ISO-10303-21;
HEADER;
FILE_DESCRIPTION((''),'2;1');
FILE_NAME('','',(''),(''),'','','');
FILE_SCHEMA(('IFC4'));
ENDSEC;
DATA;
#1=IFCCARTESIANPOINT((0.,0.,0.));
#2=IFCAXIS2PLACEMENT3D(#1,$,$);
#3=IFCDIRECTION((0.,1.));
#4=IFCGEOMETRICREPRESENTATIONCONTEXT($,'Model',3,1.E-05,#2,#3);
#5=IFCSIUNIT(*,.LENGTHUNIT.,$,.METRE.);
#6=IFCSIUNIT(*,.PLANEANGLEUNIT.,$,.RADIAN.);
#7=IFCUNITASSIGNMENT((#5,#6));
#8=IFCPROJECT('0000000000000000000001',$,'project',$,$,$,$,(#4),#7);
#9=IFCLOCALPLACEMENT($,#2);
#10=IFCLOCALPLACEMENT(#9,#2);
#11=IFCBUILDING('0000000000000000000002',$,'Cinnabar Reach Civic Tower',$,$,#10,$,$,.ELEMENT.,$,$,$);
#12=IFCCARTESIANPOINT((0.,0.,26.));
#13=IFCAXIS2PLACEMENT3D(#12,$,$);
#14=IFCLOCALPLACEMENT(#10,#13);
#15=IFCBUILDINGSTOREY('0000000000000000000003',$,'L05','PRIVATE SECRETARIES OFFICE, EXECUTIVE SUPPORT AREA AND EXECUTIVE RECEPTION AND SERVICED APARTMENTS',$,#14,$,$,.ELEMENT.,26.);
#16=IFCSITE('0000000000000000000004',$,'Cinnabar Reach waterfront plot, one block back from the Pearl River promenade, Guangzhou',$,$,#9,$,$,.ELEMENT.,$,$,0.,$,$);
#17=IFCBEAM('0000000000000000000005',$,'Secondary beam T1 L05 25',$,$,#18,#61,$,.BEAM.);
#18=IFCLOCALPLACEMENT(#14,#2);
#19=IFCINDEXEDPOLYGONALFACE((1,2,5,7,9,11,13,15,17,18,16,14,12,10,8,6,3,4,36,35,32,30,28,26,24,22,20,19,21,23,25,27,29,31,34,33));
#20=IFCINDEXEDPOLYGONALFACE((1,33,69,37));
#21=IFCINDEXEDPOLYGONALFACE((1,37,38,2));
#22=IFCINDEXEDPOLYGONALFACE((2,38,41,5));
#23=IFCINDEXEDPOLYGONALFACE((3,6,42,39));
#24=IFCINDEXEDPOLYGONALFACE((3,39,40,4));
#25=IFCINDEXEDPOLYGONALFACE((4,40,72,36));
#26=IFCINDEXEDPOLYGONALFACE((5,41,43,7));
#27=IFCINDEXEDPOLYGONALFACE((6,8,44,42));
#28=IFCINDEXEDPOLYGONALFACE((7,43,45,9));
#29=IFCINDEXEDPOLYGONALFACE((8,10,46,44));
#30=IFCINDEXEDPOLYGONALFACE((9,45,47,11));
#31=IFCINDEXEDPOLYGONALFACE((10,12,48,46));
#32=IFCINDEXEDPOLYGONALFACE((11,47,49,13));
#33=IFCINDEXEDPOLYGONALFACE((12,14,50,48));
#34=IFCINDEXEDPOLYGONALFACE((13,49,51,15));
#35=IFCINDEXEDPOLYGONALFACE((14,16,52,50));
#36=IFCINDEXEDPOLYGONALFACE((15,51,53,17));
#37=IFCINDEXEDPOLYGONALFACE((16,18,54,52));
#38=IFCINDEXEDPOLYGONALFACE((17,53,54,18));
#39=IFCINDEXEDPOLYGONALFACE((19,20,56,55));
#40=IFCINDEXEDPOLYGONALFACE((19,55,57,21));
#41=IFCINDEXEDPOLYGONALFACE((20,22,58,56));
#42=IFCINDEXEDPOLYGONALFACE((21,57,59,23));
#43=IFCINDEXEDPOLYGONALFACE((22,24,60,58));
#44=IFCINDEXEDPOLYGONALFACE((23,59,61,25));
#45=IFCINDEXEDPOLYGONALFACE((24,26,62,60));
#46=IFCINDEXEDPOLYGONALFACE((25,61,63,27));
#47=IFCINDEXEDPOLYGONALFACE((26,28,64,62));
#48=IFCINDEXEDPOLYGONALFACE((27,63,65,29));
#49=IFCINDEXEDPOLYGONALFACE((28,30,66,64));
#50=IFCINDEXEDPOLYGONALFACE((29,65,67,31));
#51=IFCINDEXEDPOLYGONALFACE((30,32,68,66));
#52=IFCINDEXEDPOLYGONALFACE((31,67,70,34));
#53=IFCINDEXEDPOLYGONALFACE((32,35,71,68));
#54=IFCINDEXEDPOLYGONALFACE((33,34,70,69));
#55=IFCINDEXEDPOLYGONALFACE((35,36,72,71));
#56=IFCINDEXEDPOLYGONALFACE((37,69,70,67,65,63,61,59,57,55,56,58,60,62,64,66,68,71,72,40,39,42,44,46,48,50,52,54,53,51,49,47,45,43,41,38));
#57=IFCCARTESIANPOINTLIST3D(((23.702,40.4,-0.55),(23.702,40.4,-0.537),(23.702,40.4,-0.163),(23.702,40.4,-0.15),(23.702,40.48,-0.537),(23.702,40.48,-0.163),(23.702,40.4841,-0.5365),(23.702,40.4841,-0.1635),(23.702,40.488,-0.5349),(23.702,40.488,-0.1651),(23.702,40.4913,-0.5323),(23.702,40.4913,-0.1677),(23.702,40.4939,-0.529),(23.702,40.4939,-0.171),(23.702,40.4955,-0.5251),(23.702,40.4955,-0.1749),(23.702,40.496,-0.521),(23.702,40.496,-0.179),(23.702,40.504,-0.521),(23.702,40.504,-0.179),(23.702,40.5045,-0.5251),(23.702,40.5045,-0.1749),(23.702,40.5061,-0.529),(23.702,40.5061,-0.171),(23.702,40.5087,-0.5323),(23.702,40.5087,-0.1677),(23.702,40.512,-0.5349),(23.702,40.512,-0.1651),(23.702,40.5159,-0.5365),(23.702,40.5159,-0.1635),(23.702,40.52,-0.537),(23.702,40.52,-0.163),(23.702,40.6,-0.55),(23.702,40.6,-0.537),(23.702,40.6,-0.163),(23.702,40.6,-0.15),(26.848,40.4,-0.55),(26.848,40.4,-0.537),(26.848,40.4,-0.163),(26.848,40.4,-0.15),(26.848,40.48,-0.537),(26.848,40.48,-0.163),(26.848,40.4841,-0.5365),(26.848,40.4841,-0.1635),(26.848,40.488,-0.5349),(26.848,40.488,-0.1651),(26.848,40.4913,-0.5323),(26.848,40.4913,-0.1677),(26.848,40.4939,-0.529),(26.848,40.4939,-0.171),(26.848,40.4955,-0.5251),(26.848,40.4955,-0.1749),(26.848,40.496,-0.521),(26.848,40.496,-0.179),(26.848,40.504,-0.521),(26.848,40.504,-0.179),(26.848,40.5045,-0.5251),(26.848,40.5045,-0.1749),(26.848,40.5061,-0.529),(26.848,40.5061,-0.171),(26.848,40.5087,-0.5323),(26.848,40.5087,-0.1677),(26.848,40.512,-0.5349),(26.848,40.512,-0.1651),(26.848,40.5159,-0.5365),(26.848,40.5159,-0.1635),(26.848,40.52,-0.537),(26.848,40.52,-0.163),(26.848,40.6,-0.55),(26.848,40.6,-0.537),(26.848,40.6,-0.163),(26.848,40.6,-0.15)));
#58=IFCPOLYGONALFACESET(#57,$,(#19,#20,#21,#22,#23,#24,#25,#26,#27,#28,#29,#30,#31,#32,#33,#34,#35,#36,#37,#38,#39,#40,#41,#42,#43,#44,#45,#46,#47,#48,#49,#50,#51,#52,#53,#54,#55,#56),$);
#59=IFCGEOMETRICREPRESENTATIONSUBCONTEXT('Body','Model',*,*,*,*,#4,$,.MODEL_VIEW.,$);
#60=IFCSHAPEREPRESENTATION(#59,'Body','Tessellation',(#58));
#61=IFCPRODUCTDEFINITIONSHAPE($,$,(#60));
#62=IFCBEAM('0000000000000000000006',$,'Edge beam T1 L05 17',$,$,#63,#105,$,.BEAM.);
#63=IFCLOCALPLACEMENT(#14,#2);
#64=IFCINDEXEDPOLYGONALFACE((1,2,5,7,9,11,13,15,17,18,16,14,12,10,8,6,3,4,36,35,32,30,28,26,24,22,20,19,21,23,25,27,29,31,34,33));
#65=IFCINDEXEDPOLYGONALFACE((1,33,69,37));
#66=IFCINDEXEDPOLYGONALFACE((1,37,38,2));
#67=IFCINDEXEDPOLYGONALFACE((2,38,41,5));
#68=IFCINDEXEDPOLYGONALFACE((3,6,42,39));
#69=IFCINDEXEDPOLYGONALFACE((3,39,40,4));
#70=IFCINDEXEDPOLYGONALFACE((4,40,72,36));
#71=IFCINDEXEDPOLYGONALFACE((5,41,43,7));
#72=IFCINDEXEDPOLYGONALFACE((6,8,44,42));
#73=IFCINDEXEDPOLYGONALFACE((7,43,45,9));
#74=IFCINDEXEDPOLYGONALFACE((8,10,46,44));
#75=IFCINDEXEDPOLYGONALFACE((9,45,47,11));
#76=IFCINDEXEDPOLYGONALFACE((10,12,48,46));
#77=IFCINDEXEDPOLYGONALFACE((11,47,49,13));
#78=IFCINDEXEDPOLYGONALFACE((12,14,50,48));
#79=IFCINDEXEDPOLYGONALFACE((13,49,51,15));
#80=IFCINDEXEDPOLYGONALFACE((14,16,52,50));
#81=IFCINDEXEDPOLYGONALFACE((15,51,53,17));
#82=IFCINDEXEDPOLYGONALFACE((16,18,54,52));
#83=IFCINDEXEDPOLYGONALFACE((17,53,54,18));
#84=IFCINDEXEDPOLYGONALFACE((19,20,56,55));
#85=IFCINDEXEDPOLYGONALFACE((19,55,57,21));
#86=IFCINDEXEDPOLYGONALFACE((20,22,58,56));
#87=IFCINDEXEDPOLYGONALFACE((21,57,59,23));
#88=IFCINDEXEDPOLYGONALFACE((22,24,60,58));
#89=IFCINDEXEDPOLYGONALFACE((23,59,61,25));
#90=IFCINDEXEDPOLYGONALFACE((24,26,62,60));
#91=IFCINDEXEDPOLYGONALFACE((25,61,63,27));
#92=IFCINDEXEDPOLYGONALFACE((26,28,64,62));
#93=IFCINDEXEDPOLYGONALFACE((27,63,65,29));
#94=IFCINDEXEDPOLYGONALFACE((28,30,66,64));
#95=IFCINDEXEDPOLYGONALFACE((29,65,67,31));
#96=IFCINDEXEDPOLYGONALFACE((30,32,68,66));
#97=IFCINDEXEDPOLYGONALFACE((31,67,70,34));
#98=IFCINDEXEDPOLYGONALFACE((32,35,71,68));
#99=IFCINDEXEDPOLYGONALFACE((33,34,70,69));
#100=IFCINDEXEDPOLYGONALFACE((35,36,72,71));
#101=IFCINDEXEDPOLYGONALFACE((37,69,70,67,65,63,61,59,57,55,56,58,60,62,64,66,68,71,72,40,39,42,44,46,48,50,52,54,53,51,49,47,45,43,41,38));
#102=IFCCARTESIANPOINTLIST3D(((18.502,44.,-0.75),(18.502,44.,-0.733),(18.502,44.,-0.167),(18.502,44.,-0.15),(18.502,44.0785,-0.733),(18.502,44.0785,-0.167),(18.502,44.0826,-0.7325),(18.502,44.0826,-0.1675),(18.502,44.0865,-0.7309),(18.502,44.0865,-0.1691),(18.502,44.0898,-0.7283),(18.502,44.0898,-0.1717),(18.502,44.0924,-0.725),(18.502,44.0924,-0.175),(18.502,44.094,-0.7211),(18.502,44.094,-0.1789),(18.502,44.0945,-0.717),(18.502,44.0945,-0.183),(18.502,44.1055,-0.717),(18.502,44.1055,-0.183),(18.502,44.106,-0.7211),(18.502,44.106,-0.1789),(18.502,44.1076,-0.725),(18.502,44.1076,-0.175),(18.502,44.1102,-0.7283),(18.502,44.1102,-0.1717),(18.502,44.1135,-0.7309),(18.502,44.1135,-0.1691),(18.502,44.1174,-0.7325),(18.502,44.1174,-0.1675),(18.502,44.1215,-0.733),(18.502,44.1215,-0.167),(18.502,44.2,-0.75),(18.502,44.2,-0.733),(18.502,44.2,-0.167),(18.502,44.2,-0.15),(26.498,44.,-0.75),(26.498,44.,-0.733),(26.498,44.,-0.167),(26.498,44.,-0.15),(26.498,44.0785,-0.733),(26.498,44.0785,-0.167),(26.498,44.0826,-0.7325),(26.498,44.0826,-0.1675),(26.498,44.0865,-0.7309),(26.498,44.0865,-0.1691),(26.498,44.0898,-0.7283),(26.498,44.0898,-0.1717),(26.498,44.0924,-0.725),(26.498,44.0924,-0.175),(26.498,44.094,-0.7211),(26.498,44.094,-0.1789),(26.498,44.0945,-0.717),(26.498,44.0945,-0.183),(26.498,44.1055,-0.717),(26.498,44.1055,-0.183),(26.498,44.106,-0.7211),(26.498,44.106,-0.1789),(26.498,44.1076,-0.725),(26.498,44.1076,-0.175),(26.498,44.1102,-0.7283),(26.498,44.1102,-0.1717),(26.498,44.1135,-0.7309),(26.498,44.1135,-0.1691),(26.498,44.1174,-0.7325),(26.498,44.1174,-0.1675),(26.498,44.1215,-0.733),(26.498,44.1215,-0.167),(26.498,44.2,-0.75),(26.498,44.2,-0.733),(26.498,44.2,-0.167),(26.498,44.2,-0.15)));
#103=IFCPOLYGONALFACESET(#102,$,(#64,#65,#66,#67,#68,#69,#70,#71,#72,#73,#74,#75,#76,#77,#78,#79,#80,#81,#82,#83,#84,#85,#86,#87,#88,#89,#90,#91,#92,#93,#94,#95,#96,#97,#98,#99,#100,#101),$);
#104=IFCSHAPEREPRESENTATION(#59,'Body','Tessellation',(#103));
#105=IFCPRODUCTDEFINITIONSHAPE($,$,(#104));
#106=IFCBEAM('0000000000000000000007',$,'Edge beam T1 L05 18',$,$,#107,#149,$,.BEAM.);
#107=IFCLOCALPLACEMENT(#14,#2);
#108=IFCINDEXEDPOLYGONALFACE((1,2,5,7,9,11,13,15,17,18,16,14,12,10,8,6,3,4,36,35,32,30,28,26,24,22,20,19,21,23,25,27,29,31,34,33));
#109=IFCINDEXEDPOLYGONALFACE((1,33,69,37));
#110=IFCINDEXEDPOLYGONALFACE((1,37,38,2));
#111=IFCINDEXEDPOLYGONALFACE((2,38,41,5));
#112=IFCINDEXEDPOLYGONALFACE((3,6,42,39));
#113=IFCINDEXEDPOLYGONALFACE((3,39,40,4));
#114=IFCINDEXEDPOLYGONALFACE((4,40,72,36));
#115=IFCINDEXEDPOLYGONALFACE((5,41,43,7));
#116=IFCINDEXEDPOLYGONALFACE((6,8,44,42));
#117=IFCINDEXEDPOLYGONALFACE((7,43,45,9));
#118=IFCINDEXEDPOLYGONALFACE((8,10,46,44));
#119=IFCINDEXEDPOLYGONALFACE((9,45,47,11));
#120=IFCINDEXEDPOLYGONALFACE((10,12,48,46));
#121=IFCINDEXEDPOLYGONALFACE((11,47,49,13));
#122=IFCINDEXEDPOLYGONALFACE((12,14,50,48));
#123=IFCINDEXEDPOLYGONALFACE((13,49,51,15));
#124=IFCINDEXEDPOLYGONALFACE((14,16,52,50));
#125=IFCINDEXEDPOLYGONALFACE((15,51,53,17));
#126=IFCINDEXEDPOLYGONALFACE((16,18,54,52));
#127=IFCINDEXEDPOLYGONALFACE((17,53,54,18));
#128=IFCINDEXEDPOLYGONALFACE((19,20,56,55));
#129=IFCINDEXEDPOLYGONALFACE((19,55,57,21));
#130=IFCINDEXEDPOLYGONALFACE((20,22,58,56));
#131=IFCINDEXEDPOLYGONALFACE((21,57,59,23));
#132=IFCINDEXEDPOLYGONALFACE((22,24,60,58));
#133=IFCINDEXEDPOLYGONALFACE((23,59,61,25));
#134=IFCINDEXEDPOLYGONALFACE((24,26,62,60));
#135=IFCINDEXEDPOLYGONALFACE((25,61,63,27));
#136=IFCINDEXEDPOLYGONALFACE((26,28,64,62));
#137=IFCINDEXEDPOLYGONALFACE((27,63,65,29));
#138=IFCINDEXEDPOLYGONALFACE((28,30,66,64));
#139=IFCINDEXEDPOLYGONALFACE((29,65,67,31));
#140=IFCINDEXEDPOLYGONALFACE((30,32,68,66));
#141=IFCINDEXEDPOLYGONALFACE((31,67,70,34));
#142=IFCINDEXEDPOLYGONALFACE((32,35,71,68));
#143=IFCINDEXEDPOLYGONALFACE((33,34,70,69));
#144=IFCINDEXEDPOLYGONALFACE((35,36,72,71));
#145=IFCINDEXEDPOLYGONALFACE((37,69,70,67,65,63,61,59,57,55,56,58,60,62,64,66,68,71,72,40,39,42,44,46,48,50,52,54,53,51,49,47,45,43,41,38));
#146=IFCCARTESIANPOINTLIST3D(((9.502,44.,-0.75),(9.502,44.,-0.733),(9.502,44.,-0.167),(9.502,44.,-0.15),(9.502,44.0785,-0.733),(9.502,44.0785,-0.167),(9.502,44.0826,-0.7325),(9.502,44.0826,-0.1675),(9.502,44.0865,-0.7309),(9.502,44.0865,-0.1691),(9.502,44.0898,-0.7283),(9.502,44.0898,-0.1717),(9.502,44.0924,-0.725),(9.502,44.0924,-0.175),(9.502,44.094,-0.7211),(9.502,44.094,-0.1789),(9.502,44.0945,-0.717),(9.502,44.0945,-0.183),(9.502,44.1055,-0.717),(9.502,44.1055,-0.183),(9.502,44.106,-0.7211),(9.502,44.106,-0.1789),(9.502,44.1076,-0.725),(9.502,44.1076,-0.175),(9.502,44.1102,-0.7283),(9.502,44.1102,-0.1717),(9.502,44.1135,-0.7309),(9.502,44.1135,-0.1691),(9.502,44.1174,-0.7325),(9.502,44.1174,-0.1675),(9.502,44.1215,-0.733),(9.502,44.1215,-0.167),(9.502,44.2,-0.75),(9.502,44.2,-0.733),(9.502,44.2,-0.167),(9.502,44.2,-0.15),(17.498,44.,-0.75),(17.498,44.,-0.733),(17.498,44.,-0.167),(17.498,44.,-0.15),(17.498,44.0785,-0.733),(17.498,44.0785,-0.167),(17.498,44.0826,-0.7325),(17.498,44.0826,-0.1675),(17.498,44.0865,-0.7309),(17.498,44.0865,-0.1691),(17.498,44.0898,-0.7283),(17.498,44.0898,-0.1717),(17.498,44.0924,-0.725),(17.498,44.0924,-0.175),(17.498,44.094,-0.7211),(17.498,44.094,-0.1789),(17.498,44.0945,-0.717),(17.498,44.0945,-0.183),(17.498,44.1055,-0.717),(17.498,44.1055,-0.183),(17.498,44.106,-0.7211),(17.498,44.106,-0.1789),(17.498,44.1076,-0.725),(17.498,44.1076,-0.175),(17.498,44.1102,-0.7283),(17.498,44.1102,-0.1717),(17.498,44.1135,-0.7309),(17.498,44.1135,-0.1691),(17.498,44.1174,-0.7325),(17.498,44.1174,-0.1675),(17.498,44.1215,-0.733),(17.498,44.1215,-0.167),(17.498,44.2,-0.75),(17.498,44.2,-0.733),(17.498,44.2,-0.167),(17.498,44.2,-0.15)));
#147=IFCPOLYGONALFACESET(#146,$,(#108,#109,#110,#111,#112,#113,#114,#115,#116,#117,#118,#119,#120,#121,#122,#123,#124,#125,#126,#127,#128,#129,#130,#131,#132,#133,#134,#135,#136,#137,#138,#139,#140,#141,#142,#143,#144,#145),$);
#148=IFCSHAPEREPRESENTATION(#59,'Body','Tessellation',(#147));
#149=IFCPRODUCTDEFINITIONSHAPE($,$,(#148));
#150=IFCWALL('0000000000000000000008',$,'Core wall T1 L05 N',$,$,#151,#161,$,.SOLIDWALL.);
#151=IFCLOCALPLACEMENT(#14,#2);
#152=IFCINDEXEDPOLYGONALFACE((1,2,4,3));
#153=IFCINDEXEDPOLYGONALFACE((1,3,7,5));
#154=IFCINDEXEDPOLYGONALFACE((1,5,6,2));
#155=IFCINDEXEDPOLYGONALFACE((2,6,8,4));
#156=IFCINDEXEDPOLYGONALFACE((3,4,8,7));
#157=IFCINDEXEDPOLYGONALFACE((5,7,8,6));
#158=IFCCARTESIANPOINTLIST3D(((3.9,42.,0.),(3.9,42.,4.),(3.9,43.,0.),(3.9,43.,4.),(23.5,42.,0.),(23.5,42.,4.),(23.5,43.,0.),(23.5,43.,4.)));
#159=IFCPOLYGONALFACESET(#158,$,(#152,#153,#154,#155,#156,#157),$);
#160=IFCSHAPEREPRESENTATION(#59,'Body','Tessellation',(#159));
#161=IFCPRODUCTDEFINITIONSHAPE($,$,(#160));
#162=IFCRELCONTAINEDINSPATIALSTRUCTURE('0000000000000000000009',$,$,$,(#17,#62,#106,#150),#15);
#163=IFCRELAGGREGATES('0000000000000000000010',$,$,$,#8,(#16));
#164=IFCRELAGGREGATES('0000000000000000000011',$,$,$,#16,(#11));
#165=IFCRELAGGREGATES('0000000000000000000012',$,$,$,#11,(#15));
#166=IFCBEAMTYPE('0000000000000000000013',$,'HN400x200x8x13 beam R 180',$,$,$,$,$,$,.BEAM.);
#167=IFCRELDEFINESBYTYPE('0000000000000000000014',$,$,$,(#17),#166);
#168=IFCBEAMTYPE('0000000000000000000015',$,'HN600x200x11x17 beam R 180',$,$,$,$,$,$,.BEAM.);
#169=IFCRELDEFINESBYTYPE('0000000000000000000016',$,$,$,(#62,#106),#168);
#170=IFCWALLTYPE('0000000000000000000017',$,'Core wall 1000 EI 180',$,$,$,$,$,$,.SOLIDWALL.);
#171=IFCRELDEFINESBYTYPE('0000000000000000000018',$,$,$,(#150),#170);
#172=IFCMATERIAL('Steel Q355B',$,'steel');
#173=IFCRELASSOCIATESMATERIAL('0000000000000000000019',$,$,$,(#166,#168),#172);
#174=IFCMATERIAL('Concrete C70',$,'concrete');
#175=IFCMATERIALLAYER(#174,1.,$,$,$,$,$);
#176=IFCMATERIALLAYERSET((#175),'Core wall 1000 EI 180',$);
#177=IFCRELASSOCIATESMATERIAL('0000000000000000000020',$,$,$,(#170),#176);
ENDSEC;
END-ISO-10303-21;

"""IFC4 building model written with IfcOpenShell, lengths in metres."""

from ifc_helpers import new_model, si_unit, direction, frame, frame_2d, origin, origin_2d, place, context, subcontext, project, spatial, rectangle, i_section, extrude, material, layer, layer_set, material_profile, profile_set, type_object, element, save


model = new_model("IFC4")

# Units and contexts
model_context = context("Model", 3, precision=1e-05, world=origin(), true_north=direction((0.0, 1.0)))
body_context = subcontext(model_context, "Body", "Model", "MODEL_VIEW")
ifc_project = project(units=[si_unit("LENGTHUNIT", "METRE"), si_unit("PLANEANGLEUNIT", "RADIAN")], contexts=[model_context])

# Site, building, storey
site_placement = place(None, origin())
site = spatial("IfcSite", under=ifc_project, at=site_placement, Name="Cinnabar Reach waterfront plot, one block back from the Pearl River promenade, Guangzhou", CompositionType="ELEMENT", RefElevation=0.0)
building_placement = place(site_placement, origin())
building = spatial("IfcBuilding", under=site, at=building_placement, Name="Cinnabar Reach Civic Tower", CompositionType="ELEMENT")
storey_placement = place(building_placement, frame((0.0, 0.0, 26.0)))
storey = spatial("IfcBuildingStorey", under=building, at=storey_placement, Name="L05", Description="PRIVATE SECRETARIES OFFICE, EXECUTIVE SUPPORT AREA AND EXECUTIVE RECEPTION AND SERVICED APARTMENTS", CompositionType="ELEMENT", Elevation=26.0)

# Shared definitions
ifc_material_1 = material(Name="Concrete C70", Category="concrete")

# Beams
ifc_material_2 = material(Name="Steel Q355B", Category="steel")
ifc_material_profile_1 = material_profile(ifc_material_2, i_section(OverallWidth=0.2, OverallDepth=0.4, WebThickness=0.008, FlangeThickness=0.013, FilletRadius=0.016, at=origin_2d()), Name="HN400x200x8x13")
ifc_profile_set_1 = profile_set([ifc_material_profile_1], Name="Steel Q355B")
beam_type_1 = type_object("IfcBeamType", Name="HN400x200x8x13 beam R 180", PredefinedType="BEAM", material=ifc_profile_set_1)
for number, where, z_axis, x_axis, name in (
    (1, (23.702, 40.5, -0.35), (1.0, 0.0, 0.0), (0.0, 1.0, 0.0), "Secondary beam T1 L05 25"),
):
    element("IfcBeam", number, at=place(storey_placement, frame(where, z_axis=z_axis, x_axis=x_axis)), inside=storey, type_object=beam_type_1, Name=name, PredefinedType="BEAM", context=body_context, shape_type="SweptSolid", body=[
        extrude(i_section(OverallWidth=0.2, OverallDepth=0.4, WebThickness=0.008, FlangeThickness=0.013, FilletRadius=0.016, at=origin_2d()), origin(), (0.0, 0.0, 1.0), 3.146),
    ])
ifc_material_profile_2 = material_profile(ifc_material_2, i_section(OverallWidth=0.2, OverallDepth=0.6, WebThickness=0.011, FlangeThickness=0.017, FilletRadius=0.016, at=origin_2d()), Name="HN600x200x11x17")
ifc_profile_set_2 = profile_set([ifc_material_profile_2], Name="Steel Q355B")
beam_type_2 = type_object("IfcBeamType", Name="HN600x200x11x17 beam R 180", PredefinedType="BEAM", material=ifc_profile_set_2)
for number, where, z_axis, x_axis, name in (
    (2, (26.498, 44.1, -0.45), (-1.0, 0.0, 0.0), (0.0, -1.0, 0.0), "Edge beam T1 L05 17"),
    (3, (17.498, 44.1, -0.45), (-1.0, 0.0, 0.0), (0.0, -1.0, 0.0), "Edge beam T1 L05 18"),
):
    element("IfcBeam", number, at=place(storey_placement, frame(where, z_axis=z_axis, x_axis=x_axis)), inside=storey, type_object=beam_type_2, Name=name, PredefinedType="BEAM", context=body_context, shape_type="SweptSolid", body=[
        extrude(i_section(OverallWidth=0.2, OverallDepth=0.6, WebThickness=0.011, FlangeThickness=0.017, FilletRadius=0.016, at=origin_2d()), origin(), (0.0, 0.0, 1.0), 7.996),
    ])

# Wall
ifc_layer_1 = layer(ifc_material_1, 1.0)
ifc_layer_set_1 = layer_set([ifc_layer_1], Name="Core wall 1000 EI 180")
wall_type_1 = type_object("IfcWallType", Name="Core wall 1000 EI 180", PredefinedType="SOLIDWALL", material=ifc_layer_set_1)
wall_1_placement = place(storey_placement, frame((23.5, 42.5, 0.0), z_axis=(0.0, 0.0, 1.0), x_axis=(-1.0, 0.0, 0.0)))
element("IfcWall", 4, at=wall_1_placement, inside=storey, type_object=wall_type_1, Name="Core wall T1 L05 N", PredefinedType="SOLIDWALL", context=body_context, shape_type="SweptSolid", body=[
    extrude(rectangle(XDim=19.6, YDim=1.0, at=frame_2d((9.8, 0.0))), origin(), (0.0, 0.0, 1.0), 4.0),
])

save(model, "model.ifc")
